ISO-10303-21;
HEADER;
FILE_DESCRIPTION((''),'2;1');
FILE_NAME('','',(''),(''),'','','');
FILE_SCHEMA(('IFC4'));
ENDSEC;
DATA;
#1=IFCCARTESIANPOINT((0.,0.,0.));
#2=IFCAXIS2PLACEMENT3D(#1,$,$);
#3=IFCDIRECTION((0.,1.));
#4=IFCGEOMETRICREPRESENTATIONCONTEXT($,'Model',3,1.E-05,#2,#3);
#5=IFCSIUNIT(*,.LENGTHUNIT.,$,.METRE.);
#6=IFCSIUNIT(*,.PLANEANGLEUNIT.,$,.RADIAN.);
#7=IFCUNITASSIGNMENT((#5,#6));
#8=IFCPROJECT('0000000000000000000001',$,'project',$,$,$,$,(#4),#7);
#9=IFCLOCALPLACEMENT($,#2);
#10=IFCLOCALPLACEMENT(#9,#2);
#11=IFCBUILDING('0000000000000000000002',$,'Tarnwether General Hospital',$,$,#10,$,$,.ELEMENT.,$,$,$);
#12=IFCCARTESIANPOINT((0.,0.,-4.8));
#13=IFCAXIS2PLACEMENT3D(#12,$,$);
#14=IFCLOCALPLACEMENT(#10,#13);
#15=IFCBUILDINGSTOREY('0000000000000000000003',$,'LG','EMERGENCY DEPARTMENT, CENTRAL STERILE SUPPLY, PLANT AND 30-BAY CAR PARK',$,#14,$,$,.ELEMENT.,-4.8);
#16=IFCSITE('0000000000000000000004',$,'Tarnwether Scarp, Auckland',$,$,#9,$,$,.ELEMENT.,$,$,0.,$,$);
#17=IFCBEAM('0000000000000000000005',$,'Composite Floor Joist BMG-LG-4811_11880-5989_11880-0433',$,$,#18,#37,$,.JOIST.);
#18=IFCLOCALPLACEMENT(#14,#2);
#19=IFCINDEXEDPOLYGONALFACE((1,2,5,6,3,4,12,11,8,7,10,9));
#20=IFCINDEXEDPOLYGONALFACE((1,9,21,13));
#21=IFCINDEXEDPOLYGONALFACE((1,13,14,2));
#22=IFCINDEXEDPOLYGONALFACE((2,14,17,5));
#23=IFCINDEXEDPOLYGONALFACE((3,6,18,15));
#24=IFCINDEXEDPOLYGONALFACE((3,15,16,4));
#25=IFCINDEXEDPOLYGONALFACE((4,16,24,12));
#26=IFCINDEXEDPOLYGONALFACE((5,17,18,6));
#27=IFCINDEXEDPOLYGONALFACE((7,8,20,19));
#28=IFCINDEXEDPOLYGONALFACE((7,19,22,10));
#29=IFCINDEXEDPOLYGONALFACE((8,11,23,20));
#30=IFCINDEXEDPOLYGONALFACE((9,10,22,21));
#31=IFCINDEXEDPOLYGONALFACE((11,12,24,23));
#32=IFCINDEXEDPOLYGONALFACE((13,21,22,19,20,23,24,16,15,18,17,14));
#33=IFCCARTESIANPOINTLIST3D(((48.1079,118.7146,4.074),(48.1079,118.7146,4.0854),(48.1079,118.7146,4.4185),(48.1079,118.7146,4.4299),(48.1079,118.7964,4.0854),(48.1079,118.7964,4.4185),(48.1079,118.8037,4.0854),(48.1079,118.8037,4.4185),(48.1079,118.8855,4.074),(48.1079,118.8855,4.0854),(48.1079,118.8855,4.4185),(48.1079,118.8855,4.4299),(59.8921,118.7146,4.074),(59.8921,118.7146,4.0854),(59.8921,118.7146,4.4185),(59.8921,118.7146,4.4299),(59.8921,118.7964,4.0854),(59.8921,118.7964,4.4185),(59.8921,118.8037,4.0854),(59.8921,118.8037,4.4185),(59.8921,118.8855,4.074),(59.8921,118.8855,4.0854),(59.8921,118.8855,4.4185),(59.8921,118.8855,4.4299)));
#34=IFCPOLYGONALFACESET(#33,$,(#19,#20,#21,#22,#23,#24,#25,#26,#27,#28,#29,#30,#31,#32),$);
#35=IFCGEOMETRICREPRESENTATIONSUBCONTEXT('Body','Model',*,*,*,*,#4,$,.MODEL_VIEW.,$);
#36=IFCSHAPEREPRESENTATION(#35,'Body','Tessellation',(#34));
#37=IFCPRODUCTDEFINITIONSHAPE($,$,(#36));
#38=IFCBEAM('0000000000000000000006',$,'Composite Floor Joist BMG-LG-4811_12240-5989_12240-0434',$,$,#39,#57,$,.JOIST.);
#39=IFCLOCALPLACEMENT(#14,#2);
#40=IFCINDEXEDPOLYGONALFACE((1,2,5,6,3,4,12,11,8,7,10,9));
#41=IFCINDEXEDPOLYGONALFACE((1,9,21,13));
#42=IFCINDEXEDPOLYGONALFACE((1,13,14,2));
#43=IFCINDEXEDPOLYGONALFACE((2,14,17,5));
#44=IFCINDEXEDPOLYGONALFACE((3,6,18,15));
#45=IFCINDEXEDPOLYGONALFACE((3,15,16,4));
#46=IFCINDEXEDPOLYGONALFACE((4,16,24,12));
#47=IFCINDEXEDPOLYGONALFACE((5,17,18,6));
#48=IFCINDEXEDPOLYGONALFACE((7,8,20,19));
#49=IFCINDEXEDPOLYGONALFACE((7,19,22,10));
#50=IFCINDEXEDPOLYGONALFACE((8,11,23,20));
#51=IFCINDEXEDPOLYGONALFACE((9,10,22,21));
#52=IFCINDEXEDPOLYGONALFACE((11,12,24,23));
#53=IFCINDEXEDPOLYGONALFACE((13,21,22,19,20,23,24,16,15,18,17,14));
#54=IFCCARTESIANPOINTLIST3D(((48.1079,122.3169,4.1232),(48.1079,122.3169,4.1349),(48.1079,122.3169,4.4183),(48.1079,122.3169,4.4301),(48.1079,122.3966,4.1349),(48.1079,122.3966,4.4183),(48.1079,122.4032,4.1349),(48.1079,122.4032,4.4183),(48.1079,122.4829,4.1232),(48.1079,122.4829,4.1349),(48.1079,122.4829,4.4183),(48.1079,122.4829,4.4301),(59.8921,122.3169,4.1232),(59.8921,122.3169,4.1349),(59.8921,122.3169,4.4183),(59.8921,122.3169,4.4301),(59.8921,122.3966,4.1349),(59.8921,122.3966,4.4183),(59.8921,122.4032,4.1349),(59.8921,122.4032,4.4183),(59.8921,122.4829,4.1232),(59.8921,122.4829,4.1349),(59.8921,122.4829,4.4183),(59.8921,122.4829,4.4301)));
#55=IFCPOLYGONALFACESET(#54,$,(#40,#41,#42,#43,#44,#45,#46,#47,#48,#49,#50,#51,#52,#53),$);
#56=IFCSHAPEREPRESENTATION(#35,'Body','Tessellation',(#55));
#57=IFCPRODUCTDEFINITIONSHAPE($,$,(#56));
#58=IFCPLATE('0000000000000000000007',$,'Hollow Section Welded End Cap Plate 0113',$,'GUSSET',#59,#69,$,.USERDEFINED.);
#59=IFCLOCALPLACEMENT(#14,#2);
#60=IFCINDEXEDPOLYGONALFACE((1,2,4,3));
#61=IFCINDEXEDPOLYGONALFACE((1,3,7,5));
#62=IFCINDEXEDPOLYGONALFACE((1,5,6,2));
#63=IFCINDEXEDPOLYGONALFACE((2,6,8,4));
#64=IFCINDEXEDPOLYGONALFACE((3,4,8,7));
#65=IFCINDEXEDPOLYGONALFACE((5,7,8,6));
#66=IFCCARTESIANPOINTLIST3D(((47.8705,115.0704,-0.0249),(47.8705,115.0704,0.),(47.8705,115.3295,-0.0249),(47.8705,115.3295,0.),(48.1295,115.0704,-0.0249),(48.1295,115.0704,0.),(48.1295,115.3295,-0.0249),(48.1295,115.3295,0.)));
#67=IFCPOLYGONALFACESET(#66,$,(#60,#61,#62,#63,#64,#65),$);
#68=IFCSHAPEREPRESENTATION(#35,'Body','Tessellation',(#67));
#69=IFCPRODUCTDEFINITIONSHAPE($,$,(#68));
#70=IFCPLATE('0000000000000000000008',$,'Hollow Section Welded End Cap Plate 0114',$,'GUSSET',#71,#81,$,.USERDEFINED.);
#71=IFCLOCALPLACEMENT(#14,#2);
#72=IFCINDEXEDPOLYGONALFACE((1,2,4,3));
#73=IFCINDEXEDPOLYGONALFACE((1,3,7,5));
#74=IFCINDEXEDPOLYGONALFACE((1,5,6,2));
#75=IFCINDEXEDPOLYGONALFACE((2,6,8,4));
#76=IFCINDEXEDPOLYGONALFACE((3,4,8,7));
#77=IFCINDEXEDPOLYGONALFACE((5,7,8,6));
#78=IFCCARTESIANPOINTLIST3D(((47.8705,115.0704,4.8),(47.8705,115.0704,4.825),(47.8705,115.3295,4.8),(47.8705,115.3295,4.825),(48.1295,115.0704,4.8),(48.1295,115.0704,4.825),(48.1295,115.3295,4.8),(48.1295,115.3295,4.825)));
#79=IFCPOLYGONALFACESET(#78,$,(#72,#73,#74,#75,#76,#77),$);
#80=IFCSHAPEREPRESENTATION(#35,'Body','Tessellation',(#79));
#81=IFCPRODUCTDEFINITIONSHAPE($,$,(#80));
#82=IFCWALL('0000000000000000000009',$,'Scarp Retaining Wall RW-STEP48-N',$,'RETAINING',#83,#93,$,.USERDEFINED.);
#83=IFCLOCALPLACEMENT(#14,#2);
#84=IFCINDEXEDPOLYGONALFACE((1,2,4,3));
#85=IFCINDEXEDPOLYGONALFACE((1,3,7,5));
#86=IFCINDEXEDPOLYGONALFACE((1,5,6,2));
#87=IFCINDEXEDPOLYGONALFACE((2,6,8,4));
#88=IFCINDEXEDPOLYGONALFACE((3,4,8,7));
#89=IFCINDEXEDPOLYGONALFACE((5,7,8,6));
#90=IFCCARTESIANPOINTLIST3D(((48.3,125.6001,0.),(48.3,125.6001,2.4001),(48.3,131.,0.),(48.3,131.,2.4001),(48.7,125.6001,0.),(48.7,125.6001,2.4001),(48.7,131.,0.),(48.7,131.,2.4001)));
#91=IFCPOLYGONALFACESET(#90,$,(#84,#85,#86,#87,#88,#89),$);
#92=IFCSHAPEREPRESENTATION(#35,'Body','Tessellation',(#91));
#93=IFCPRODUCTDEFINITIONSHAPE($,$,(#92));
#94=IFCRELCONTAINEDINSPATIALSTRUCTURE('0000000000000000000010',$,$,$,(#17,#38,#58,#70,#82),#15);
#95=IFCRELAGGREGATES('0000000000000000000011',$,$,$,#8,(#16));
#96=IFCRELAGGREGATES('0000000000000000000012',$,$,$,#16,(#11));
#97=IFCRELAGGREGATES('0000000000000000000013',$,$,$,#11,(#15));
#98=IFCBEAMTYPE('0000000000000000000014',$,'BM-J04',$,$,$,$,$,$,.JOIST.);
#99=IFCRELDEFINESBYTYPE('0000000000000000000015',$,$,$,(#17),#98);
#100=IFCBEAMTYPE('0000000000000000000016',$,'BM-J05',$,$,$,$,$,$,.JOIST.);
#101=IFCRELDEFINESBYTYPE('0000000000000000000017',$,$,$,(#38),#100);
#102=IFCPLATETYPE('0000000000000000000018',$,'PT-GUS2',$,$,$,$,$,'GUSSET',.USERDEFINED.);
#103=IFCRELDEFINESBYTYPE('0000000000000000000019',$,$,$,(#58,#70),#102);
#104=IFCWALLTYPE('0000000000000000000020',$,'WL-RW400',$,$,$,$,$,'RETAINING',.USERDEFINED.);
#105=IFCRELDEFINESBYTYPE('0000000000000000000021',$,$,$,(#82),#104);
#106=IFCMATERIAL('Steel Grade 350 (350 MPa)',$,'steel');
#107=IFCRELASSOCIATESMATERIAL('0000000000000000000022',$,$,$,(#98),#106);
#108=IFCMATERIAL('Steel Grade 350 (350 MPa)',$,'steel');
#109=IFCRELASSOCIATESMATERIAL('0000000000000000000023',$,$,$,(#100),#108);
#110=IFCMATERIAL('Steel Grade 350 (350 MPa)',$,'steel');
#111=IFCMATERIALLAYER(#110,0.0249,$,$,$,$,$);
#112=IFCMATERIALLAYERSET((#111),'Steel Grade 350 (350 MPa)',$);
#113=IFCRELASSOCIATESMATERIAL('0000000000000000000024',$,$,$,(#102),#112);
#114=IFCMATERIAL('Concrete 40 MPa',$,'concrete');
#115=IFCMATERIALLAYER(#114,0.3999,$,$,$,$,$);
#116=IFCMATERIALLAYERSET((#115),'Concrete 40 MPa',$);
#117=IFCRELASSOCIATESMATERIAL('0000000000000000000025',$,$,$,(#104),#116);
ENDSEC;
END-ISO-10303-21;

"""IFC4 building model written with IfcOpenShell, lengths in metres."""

from ifc_helpers import new_model, si_unit, direction, frame, frame_2d, origin, origin_2d, place, context, subcontext, project, spatial, rectangle, i_section, extrude, material, layer, layer_set, material_profile, profile_set, type_object, element, save


model = new_model("IFC4")

# Units and contexts
model_context = context("Model", 3, precision=1e-05, world=origin(), true_north=direction((0.0, 1.0)))
body_context = subcontext(model_context, "Body", "Model", "MODEL_VIEW")
ifc_project = project(units=[si_unit("LENGTHUNIT", "METRE"), si_unit("PLANEANGLEUNIT", "RADIAN")], contexts=[model_context])

# Site, building, storey
site_placement = place(None, origin())
site = spatial("IfcSite", under=ifc_project, at=site_placement, Name="Tarnwether Scarp, Auckland", CompositionType="ELEMENT", RefElevation=0.0)
building_placement = place(site_placement, origin())
building = spatial("IfcBuilding", under=site, at=building_placement, Name="Tarnwether General Hospital", CompositionType="ELEMENT")
storey_placement = place(building_placement, frame((0.0, 0.0, -4.8)))
storey = spatial("IfcBuildingStorey", under=building, at=storey_placement, Name="LG", Description="EMERGENCY DEPARTMENT, CENTRAL STERILE SUPPLY, PLANT AND 30-BAY CAR PARK", CompositionType="ELEMENT", Elevation=-4.8)

# Beams
ifc_material_1 = material(Name="Steel Grade 350 (350 MPa)", Category="steel")
ifc_material_profile_1 = material_profile(ifc_material_1, i_section(OverallWidth=0.1709, OverallDepth=0.356, WebThickness=0.0073, FlangeThickness=0.0115, at=origin_2d()), Name="360UB50.7")
ifc_profile_set_1 = profile_set([ifc_material_profile_1], Name="Steel Grade 350 (350 MPa)")
beam_type_1 = type_object("IfcBeamType", Name="BM-J04", PredefinedType="JOIST", material=ifc_profile_set_1)
for number, where, z_axis, x_axis, name in (
    (1, (48.1079, 118.8, 4.252), (1.0, 0.0, 0.0), (0.0, 1.0, 0.0), "Composite Floor Joist BMG-LG-4811_11880-5989_11880-0433"),
):
    element("IfcBeam", number, at=place(storey_placement, frame(where, z_axis=z_axis, x_axis=x_axis)), inside=storey, type_object=beam_type_1, Name=name, PredefinedType="JOIST", context=body_context, shape_type="SweptSolid", body=[
        extrude(i_section(OverallWidth=0.1709, OverallDepth=0.356, WebThickness=0.0073, FlangeThickness=0.0115, at=origin_2d()), origin(), (0.0, 0.0, 1.0), 11.7842),
    ])
ifc_material_2 = material(Name="Steel Grade 350 (350 MPa)", Category="steel")
ifc_material_profile_2 = material_profile(ifc_material_2, i_section(OverallWidth=0.166, OverallDepth=0.3069, WebThickness=0.0066, FlangeThickness=0.0117, at=origin_2d()), Name="310UB46.2")
ifc_profile_set_2 = profile_set([ifc_material_profile_2], Name="Steel Grade 350 (350 MPa)")
beam_type_2 = type_object("IfcBeamType", Name="BM-J05", PredefinedType="JOIST", material=ifc_profile_set_2)
beam_1_placement = place(storey_placement, frame((48.1079, 122.3999, 4.2766), z_axis=(1.0, 0.0, 0.0), x_axis=(0.0, 1.0, 0.0)))
element("IfcBeam", 2, at=beam_1_placement, inside=storey, type_object=beam_type_2, Name="Composite Floor Joist BMG-LG-4811_12240-5989_12240-0434", PredefinedType="JOIST", context=body_context, shape_type="SweptSolid", body=[
    extrude(i_section(OverallWidth=0.166, OverallDepth=0.3069, WebThickness=0.0066, FlangeThickness=0.0117, at=origin_2d()), origin(), (0.0, 0.0, 1.0), 11.7842),
])

# Plates
ifc_material_3 = material(Name="Steel Grade 350 (350 MPa)", Category="steel")
ifc_layer_1 = layer(ifc_material_3, 0.0249)
ifc_layer_set_1 = layer_set([ifc_layer_1], Name="Steel Grade 350 (350 MPa)")
plate_type = type_object("IfcPlateType", Name="PT-GUS2", ElementType="GUSSET", PredefinedType="USERDEFINED", material=ifc_layer_set_1)
for number, where, z_axis, x_axis, name in (
    (3, (48.0, 115.2, -0.0249), (0.0, 0.0, 1.0), (1.0, 0.0, 0.0), "Hollow Section Welded End Cap Plate 0113"),
    (4, (48.0, 115.2, 4.8), (0.0, 0.0, 1.0), (1.0, 0.0, 0.0), "Hollow Section Welded End Cap Plate 0114"),
):
    element("IfcPlate", number, at=place(storey_placement, frame(where, z_axis=z_axis, x_axis=x_axis)), inside=storey, type_object=plate_type, Name=name, ObjectType="GUSSET", PredefinedType="USERDEFINED", context=body_context, shape_type="SweptSolid", body=[
        extrude(rectangle(XDim=0.259, YDim=0.259, at=origin_2d()), origin(), (0.0, 0.0, 1.0), 0.0249),
    ])

# Wall
ifc_material_4 = material(Name="Concrete 40 MPa", Category="concrete")
ifc_layer_2 = layer(ifc_material_4, 0.3999)
ifc_layer_set_2 = layer_set([ifc_layer_2], Name="Concrete 40 MPa")
wall_type = type_object("IfcWallType", Name="WL-RW400", ElementType="RETAINING", PredefinedType="USERDEFINED", material=ifc_layer_set_2)
wall_placement = place(storey_placement, frame((48.5, 125.6001, 0.0), z_axis=(0.0, 0.0, 1.0), x_axis=(0.0, 1.0, 0.0)))
element("IfcWall", 5, at=wall_placement, inside=storey, type_object=wall_type, Name="Scarp Retaining Wall RW-STEP48-N", ObjectType="RETAINING", PredefinedType="USERDEFINED", context=body_context, shape_type="SweptSolid", body=[
    extrude(rectangle(XDim=5.3999, YDim=0.3999, at=frame_2d((2.7, 0.0))), origin(), (0.0, 0.0, 1.0), 2.4001),
])

save(model, "model.ifc")
